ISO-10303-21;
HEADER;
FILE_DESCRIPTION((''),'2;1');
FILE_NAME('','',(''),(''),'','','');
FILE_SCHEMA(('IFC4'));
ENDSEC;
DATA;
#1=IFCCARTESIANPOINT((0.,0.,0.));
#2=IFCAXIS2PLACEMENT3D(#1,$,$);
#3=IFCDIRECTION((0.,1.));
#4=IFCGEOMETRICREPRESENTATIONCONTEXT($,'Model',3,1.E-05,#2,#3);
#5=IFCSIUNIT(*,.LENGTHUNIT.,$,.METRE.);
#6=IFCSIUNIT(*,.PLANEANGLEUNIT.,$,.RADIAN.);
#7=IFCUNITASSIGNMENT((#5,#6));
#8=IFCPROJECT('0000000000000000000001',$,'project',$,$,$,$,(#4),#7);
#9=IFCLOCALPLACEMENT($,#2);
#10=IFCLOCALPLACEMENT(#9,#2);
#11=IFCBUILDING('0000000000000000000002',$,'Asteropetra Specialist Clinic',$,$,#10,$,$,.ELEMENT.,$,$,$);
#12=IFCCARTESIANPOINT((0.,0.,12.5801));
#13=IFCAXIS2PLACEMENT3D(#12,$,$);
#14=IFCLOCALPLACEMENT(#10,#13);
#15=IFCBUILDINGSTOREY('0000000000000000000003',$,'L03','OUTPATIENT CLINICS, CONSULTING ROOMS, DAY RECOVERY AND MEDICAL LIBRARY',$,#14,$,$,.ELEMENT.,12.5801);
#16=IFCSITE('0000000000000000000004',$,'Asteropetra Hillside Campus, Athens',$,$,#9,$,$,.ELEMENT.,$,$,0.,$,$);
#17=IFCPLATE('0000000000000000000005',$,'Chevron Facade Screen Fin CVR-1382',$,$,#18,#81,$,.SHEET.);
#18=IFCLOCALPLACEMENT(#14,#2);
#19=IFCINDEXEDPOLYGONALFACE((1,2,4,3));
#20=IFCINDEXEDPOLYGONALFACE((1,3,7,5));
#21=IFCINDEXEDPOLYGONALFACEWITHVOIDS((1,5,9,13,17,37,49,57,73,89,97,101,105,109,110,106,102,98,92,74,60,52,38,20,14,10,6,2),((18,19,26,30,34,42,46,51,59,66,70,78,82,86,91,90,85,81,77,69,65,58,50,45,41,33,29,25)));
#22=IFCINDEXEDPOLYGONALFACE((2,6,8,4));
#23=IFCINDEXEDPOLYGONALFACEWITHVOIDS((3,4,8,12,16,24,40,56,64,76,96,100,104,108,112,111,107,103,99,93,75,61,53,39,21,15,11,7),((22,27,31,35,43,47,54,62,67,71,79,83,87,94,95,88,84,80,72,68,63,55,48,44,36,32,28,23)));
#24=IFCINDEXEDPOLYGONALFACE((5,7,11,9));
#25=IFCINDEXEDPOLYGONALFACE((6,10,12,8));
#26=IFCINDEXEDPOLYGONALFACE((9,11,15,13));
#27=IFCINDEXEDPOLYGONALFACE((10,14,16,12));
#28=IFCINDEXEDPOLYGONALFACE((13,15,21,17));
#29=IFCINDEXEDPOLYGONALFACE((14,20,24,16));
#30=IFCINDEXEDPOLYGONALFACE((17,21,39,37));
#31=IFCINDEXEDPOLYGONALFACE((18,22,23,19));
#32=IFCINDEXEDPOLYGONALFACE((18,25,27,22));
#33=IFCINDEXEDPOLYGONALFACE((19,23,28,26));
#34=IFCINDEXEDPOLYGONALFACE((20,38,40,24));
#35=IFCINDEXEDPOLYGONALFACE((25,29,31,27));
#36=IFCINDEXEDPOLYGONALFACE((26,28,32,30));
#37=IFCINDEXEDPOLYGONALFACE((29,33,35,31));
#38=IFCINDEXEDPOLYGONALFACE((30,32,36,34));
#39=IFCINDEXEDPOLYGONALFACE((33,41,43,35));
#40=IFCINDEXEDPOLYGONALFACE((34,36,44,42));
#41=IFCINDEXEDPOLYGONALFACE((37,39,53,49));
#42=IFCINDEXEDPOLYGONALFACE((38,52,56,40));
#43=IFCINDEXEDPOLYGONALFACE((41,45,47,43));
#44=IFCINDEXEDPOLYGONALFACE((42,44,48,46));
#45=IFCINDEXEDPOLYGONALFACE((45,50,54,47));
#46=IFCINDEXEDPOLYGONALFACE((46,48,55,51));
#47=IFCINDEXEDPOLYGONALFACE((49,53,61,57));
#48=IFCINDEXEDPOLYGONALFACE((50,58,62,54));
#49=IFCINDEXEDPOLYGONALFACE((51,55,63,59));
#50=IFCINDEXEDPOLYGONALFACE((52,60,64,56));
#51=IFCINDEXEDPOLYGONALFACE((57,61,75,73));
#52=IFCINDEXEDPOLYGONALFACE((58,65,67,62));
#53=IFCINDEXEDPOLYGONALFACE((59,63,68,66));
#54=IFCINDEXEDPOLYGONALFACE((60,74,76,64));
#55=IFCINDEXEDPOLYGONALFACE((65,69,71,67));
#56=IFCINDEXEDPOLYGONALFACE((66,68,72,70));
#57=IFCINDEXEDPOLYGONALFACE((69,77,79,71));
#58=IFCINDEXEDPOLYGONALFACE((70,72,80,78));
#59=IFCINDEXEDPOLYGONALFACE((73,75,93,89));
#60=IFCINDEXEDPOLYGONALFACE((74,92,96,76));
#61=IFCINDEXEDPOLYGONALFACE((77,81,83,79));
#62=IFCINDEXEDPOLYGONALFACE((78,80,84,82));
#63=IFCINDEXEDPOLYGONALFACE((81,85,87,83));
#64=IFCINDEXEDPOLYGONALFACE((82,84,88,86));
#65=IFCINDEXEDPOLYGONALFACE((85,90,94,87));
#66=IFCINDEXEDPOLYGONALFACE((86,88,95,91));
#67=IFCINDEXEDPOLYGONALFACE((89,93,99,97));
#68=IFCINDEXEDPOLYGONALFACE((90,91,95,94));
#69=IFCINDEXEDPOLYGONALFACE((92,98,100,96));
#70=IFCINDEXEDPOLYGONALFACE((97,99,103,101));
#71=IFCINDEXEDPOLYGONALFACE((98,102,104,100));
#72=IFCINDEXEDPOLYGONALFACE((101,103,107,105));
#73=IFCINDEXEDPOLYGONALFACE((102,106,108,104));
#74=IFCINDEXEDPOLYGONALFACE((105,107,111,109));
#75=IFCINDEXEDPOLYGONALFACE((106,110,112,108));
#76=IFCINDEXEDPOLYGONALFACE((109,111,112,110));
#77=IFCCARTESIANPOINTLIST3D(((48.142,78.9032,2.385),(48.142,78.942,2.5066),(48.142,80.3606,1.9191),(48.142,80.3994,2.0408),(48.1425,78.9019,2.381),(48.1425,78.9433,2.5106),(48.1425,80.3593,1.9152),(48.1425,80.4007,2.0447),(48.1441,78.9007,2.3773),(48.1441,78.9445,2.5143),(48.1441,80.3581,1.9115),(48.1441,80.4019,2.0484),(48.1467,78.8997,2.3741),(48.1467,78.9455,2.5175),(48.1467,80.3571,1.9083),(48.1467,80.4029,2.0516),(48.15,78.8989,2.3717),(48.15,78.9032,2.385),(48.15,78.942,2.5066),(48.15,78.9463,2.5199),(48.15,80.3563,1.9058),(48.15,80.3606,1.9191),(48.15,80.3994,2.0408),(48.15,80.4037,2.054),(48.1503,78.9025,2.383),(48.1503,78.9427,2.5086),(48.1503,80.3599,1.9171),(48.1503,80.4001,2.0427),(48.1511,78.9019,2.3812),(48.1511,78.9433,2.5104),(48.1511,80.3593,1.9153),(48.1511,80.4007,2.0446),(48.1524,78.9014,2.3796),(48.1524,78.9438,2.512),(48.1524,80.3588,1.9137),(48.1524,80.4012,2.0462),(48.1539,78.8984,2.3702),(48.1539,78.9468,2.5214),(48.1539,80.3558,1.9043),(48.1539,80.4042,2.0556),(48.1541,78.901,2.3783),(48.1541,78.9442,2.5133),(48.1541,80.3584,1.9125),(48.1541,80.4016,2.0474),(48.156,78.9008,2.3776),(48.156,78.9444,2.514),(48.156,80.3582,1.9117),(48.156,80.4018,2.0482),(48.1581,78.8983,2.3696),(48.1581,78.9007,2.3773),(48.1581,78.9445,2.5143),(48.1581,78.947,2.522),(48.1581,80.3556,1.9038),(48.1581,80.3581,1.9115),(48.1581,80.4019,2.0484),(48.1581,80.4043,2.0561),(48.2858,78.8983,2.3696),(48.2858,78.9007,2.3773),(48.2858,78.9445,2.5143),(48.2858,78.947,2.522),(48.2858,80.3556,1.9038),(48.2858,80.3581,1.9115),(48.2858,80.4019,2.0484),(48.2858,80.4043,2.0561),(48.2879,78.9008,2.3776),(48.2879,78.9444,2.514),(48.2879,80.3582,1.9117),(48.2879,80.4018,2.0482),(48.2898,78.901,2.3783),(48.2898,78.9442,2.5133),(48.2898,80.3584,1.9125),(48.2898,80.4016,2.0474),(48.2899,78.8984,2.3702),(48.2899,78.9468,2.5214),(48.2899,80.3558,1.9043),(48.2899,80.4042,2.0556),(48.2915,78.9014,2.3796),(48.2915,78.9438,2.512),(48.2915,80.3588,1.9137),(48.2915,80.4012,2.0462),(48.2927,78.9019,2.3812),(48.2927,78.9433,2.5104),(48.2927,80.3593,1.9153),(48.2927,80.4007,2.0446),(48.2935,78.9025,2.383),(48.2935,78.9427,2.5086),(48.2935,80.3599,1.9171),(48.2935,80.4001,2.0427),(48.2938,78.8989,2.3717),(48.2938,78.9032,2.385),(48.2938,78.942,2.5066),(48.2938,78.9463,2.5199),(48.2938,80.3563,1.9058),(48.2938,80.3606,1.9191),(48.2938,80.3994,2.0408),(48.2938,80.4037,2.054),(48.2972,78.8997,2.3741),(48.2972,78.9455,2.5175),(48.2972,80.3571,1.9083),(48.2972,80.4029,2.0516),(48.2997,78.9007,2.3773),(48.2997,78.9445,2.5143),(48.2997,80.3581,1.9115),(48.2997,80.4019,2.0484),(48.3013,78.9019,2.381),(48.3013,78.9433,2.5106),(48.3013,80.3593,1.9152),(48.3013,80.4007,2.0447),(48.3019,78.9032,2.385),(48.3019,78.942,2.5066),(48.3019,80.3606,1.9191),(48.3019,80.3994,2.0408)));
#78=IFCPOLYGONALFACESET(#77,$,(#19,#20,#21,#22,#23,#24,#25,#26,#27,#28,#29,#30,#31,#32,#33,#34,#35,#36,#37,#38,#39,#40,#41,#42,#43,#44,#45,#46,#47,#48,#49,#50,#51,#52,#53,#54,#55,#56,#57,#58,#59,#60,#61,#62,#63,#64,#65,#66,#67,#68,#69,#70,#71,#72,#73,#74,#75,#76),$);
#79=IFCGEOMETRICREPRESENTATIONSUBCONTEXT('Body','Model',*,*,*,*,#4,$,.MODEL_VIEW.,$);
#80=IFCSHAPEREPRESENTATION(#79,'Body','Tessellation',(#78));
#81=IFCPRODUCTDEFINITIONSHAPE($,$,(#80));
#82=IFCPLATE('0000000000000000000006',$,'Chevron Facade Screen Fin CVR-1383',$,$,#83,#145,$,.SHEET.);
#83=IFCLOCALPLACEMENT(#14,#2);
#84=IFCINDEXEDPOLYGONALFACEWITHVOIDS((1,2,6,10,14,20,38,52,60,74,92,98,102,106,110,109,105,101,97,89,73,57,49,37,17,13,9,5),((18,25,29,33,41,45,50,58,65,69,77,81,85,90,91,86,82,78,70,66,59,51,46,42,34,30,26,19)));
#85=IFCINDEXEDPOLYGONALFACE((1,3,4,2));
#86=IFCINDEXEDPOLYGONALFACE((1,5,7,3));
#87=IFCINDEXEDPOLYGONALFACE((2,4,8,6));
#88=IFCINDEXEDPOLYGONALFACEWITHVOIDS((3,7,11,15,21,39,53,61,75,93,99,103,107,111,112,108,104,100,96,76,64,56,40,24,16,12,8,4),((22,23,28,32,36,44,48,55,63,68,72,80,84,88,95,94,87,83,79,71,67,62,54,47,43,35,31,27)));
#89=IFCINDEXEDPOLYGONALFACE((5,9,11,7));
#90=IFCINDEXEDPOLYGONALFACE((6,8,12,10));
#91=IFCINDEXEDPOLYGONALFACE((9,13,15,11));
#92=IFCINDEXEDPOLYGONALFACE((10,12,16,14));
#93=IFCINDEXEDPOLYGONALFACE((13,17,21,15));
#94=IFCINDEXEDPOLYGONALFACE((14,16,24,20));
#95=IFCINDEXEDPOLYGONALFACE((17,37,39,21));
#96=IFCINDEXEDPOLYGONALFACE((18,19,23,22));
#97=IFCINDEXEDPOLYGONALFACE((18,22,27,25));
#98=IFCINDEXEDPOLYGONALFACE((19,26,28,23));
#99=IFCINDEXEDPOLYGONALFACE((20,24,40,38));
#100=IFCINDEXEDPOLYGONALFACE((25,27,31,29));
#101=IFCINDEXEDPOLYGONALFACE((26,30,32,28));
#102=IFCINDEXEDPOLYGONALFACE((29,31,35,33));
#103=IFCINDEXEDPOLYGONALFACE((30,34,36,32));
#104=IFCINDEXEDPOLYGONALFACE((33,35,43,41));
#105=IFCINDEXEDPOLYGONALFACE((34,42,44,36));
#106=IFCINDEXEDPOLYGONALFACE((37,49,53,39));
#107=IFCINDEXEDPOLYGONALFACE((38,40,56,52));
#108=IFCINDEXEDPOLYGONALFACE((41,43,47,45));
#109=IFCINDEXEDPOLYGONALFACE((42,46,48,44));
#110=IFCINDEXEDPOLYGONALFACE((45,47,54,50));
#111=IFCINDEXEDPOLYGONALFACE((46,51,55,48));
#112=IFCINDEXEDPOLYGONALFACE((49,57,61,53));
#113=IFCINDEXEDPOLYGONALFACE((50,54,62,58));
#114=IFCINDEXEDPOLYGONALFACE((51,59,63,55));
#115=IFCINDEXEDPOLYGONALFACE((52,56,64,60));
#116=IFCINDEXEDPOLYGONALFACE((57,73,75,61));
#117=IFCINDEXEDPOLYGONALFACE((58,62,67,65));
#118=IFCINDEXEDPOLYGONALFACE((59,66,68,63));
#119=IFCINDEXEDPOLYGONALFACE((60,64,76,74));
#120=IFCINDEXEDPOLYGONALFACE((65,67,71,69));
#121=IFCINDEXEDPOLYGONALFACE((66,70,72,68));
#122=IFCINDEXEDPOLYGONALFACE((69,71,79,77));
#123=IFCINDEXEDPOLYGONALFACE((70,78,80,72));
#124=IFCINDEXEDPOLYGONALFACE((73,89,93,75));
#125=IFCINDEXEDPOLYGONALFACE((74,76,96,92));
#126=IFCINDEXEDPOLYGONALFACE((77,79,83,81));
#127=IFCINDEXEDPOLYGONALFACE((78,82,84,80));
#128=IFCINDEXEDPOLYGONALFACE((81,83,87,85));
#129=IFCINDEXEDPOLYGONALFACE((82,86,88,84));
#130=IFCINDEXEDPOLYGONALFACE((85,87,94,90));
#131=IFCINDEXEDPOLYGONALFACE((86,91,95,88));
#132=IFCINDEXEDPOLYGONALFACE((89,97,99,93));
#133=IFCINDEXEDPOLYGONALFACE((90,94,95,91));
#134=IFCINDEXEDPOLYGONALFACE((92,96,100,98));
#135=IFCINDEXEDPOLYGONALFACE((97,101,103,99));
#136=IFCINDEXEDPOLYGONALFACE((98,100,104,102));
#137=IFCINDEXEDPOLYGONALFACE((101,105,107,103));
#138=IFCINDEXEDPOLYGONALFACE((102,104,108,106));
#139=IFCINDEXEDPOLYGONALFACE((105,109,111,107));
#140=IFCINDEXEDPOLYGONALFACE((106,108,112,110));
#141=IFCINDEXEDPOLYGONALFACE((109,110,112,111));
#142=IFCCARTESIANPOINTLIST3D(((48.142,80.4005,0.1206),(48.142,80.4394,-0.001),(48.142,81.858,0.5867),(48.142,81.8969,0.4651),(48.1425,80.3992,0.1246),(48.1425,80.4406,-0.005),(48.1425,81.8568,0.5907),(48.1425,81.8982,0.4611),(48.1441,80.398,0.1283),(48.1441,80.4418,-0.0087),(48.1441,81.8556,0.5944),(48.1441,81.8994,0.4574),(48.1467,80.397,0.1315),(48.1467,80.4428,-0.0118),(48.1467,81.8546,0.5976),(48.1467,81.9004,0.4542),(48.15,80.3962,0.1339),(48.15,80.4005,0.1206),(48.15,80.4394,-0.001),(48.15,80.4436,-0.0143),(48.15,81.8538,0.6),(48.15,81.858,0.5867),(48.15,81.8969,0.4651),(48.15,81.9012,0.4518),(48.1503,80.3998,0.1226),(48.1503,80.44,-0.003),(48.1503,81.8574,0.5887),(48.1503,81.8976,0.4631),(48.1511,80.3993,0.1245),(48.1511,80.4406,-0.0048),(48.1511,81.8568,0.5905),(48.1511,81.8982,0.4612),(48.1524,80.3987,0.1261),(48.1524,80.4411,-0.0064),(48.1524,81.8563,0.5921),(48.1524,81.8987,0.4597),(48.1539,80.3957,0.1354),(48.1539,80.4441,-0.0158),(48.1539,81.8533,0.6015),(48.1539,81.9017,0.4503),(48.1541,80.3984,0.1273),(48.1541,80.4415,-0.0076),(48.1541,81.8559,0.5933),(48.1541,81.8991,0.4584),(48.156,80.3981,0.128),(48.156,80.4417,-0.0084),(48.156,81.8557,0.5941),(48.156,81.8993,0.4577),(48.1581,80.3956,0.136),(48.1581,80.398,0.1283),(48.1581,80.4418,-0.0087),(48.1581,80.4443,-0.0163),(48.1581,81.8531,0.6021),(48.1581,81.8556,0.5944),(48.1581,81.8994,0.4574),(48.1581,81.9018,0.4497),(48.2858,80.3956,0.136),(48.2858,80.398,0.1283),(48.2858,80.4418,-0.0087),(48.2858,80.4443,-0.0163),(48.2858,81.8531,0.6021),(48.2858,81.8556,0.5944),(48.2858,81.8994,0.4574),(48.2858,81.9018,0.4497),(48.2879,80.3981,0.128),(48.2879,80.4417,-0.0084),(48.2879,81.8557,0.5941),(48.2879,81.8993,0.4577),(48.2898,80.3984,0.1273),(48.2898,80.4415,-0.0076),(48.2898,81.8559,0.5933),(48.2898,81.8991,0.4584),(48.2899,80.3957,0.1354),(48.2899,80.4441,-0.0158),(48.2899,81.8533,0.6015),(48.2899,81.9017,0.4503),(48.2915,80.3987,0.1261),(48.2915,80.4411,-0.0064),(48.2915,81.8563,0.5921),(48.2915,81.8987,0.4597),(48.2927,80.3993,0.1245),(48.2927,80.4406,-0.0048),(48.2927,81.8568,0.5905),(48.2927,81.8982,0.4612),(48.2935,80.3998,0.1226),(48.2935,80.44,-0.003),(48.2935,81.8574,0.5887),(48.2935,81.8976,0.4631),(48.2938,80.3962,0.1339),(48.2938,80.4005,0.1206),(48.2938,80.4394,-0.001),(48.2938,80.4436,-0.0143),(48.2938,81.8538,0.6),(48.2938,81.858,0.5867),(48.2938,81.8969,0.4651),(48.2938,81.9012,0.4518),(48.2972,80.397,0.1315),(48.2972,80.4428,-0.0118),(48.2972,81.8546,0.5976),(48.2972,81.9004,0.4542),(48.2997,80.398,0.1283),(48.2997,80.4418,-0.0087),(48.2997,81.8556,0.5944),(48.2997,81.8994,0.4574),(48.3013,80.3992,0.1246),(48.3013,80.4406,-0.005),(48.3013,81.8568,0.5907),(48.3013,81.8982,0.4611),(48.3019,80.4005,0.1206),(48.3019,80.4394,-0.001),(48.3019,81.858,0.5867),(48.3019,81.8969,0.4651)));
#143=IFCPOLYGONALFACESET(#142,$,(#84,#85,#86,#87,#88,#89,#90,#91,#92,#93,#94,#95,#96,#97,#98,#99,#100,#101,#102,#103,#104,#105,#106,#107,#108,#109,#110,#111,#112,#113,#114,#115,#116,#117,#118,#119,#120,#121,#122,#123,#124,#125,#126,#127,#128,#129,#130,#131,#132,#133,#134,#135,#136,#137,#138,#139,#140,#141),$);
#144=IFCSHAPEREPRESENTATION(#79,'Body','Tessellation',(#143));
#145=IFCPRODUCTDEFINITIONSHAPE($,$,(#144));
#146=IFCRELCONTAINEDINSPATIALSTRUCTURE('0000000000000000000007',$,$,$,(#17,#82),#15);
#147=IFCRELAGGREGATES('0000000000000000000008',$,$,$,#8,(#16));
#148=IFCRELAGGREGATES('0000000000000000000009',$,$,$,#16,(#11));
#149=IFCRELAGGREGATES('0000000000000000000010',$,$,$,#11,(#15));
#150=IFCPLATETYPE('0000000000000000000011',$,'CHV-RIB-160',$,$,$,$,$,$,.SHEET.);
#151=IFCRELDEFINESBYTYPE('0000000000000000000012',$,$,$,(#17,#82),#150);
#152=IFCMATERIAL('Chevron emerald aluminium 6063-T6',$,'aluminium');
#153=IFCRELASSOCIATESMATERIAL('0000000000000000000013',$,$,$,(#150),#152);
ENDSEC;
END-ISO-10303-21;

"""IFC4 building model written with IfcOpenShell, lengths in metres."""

from ifc_helpers import new_model, si_unit, direction, frame, origin, origin_2d, place, context, subcontext, project, spatial, hollow_rectangle, extrude, material, material_profile, profile_set, type_object, element, save


model = new_model("IFC4")

# Units and contexts
model_context = context("Model", 3, precision=1e-05, world=origin(), true_north=direction((0.0, 1.0)))
body_context = subcontext(model_context, "Body", "Model", "MODEL_VIEW")
ifc_project = project(units=[si_unit("LENGTHUNIT", "METRE"), si_unit("PLANEANGLEUNIT", "RADIAN")], contexts=[model_context])

# Site, building, storey
site_placement = place(None, origin())
site = spatial("IfcSite", under=ifc_project, at=site_placement, Name="Asteropetra Hillside Campus, Athens", CompositionType="ELEMENT", RefElevation=0.0)
building_placement = place(site_placement, origin())
building = spatial("IfcBuilding", under=site, at=building_placement, Name="Asteropetra Specialist Clinic", CompositionType="ELEMENT")
storey_placement = place(building_placement, frame((0.0, 0.0, 12.5801)))
storey = spatial("IfcBuildingStorey", under=building, at=storey_placement, Name="L03", Description="OUTPATIENT CLINICS, CONSULTING ROOMS, DAY RECOVERY AND MEDICAL LIBRARY", CompositionType="ELEMENT", Elevation=12.5801)

# Plates
ifc_material_1 = material(Name="Chevron emerald aluminium 6063-T6", Category="aluminium")
ifc_material_profile_1 = material_profile(ifc_material_1, hollow_rectangle(XDim=0.1599, YDim=0.1599, WallThickness=0.0081, InnerFilletRadius=0.0081, OuterFilletRadius=0.0161, at=origin_2d()), Name="SHS 160x160x8.0")
ifc_profile_set_1 = profile_set([ifc_material_profile_1], Name="Chevron emerald aluminium 6063-T6")
plate_type_1 = type_object("IfcPlateType", Name="CHV-RIB-160", PredefinedType="SHEET", material=ifc_profile_set_1)
for number, where, z_axis, x_axis, name in (
    (1, (48.2219, 78.9226, 2.4458), (0.0, 0.95252, -0.304475), (-1.0, 0.0, 0.0), "Chevron Facade Screen Fin CVR-1382"),
):
    element("IfcPlate", number, at=place(storey_placement, frame(where, z_axis=z_axis, x_axis=x_axis)), inside=storey, type_object=plate_type_1, Name=name, PredefinedType="SHEET", context=body_context, shape_type="SweptSolid", body=[
        extrude(hollow_rectangle(XDim=0.1599, YDim=0.1599, WallThickness=0.0081, InnerFilletRadius=0.0081, OuterFilletRadius=0.0161, at=origin_2d()), origin(), (0.0, 0.0, 1.0), 1.53),
    ])
for number, where, z_axis, x_axis, name in (
    (2, (48.2219, 80.4199, 0.0598), (0.0, 0.952489, 0.304573), (-1.0, 0.0, 0.0), "Chevron Facade Screen Fin CVR-1383"),
):
    element("IfcPlate", number, at=place(storey_placement, frame(where, z_axis=z_axis, x_axis=x_axis)), inside=storey, type_object=plate_type_1, Name=name, PredefinedType="SHEET", context=body_context, shape_type="SweptSolid", body=[
        extrude(hollow_rectangle(XDim=0.1599, YDim=0.1599, WallThickness=0.0081, InnerFilletRadius=0.0081, OuterFilletRadius=0.0161, at=origin_2d()), origin(), (0.0, 0.0, 1.0), 1.5303),
    ])

save(model, "model.ifc")
